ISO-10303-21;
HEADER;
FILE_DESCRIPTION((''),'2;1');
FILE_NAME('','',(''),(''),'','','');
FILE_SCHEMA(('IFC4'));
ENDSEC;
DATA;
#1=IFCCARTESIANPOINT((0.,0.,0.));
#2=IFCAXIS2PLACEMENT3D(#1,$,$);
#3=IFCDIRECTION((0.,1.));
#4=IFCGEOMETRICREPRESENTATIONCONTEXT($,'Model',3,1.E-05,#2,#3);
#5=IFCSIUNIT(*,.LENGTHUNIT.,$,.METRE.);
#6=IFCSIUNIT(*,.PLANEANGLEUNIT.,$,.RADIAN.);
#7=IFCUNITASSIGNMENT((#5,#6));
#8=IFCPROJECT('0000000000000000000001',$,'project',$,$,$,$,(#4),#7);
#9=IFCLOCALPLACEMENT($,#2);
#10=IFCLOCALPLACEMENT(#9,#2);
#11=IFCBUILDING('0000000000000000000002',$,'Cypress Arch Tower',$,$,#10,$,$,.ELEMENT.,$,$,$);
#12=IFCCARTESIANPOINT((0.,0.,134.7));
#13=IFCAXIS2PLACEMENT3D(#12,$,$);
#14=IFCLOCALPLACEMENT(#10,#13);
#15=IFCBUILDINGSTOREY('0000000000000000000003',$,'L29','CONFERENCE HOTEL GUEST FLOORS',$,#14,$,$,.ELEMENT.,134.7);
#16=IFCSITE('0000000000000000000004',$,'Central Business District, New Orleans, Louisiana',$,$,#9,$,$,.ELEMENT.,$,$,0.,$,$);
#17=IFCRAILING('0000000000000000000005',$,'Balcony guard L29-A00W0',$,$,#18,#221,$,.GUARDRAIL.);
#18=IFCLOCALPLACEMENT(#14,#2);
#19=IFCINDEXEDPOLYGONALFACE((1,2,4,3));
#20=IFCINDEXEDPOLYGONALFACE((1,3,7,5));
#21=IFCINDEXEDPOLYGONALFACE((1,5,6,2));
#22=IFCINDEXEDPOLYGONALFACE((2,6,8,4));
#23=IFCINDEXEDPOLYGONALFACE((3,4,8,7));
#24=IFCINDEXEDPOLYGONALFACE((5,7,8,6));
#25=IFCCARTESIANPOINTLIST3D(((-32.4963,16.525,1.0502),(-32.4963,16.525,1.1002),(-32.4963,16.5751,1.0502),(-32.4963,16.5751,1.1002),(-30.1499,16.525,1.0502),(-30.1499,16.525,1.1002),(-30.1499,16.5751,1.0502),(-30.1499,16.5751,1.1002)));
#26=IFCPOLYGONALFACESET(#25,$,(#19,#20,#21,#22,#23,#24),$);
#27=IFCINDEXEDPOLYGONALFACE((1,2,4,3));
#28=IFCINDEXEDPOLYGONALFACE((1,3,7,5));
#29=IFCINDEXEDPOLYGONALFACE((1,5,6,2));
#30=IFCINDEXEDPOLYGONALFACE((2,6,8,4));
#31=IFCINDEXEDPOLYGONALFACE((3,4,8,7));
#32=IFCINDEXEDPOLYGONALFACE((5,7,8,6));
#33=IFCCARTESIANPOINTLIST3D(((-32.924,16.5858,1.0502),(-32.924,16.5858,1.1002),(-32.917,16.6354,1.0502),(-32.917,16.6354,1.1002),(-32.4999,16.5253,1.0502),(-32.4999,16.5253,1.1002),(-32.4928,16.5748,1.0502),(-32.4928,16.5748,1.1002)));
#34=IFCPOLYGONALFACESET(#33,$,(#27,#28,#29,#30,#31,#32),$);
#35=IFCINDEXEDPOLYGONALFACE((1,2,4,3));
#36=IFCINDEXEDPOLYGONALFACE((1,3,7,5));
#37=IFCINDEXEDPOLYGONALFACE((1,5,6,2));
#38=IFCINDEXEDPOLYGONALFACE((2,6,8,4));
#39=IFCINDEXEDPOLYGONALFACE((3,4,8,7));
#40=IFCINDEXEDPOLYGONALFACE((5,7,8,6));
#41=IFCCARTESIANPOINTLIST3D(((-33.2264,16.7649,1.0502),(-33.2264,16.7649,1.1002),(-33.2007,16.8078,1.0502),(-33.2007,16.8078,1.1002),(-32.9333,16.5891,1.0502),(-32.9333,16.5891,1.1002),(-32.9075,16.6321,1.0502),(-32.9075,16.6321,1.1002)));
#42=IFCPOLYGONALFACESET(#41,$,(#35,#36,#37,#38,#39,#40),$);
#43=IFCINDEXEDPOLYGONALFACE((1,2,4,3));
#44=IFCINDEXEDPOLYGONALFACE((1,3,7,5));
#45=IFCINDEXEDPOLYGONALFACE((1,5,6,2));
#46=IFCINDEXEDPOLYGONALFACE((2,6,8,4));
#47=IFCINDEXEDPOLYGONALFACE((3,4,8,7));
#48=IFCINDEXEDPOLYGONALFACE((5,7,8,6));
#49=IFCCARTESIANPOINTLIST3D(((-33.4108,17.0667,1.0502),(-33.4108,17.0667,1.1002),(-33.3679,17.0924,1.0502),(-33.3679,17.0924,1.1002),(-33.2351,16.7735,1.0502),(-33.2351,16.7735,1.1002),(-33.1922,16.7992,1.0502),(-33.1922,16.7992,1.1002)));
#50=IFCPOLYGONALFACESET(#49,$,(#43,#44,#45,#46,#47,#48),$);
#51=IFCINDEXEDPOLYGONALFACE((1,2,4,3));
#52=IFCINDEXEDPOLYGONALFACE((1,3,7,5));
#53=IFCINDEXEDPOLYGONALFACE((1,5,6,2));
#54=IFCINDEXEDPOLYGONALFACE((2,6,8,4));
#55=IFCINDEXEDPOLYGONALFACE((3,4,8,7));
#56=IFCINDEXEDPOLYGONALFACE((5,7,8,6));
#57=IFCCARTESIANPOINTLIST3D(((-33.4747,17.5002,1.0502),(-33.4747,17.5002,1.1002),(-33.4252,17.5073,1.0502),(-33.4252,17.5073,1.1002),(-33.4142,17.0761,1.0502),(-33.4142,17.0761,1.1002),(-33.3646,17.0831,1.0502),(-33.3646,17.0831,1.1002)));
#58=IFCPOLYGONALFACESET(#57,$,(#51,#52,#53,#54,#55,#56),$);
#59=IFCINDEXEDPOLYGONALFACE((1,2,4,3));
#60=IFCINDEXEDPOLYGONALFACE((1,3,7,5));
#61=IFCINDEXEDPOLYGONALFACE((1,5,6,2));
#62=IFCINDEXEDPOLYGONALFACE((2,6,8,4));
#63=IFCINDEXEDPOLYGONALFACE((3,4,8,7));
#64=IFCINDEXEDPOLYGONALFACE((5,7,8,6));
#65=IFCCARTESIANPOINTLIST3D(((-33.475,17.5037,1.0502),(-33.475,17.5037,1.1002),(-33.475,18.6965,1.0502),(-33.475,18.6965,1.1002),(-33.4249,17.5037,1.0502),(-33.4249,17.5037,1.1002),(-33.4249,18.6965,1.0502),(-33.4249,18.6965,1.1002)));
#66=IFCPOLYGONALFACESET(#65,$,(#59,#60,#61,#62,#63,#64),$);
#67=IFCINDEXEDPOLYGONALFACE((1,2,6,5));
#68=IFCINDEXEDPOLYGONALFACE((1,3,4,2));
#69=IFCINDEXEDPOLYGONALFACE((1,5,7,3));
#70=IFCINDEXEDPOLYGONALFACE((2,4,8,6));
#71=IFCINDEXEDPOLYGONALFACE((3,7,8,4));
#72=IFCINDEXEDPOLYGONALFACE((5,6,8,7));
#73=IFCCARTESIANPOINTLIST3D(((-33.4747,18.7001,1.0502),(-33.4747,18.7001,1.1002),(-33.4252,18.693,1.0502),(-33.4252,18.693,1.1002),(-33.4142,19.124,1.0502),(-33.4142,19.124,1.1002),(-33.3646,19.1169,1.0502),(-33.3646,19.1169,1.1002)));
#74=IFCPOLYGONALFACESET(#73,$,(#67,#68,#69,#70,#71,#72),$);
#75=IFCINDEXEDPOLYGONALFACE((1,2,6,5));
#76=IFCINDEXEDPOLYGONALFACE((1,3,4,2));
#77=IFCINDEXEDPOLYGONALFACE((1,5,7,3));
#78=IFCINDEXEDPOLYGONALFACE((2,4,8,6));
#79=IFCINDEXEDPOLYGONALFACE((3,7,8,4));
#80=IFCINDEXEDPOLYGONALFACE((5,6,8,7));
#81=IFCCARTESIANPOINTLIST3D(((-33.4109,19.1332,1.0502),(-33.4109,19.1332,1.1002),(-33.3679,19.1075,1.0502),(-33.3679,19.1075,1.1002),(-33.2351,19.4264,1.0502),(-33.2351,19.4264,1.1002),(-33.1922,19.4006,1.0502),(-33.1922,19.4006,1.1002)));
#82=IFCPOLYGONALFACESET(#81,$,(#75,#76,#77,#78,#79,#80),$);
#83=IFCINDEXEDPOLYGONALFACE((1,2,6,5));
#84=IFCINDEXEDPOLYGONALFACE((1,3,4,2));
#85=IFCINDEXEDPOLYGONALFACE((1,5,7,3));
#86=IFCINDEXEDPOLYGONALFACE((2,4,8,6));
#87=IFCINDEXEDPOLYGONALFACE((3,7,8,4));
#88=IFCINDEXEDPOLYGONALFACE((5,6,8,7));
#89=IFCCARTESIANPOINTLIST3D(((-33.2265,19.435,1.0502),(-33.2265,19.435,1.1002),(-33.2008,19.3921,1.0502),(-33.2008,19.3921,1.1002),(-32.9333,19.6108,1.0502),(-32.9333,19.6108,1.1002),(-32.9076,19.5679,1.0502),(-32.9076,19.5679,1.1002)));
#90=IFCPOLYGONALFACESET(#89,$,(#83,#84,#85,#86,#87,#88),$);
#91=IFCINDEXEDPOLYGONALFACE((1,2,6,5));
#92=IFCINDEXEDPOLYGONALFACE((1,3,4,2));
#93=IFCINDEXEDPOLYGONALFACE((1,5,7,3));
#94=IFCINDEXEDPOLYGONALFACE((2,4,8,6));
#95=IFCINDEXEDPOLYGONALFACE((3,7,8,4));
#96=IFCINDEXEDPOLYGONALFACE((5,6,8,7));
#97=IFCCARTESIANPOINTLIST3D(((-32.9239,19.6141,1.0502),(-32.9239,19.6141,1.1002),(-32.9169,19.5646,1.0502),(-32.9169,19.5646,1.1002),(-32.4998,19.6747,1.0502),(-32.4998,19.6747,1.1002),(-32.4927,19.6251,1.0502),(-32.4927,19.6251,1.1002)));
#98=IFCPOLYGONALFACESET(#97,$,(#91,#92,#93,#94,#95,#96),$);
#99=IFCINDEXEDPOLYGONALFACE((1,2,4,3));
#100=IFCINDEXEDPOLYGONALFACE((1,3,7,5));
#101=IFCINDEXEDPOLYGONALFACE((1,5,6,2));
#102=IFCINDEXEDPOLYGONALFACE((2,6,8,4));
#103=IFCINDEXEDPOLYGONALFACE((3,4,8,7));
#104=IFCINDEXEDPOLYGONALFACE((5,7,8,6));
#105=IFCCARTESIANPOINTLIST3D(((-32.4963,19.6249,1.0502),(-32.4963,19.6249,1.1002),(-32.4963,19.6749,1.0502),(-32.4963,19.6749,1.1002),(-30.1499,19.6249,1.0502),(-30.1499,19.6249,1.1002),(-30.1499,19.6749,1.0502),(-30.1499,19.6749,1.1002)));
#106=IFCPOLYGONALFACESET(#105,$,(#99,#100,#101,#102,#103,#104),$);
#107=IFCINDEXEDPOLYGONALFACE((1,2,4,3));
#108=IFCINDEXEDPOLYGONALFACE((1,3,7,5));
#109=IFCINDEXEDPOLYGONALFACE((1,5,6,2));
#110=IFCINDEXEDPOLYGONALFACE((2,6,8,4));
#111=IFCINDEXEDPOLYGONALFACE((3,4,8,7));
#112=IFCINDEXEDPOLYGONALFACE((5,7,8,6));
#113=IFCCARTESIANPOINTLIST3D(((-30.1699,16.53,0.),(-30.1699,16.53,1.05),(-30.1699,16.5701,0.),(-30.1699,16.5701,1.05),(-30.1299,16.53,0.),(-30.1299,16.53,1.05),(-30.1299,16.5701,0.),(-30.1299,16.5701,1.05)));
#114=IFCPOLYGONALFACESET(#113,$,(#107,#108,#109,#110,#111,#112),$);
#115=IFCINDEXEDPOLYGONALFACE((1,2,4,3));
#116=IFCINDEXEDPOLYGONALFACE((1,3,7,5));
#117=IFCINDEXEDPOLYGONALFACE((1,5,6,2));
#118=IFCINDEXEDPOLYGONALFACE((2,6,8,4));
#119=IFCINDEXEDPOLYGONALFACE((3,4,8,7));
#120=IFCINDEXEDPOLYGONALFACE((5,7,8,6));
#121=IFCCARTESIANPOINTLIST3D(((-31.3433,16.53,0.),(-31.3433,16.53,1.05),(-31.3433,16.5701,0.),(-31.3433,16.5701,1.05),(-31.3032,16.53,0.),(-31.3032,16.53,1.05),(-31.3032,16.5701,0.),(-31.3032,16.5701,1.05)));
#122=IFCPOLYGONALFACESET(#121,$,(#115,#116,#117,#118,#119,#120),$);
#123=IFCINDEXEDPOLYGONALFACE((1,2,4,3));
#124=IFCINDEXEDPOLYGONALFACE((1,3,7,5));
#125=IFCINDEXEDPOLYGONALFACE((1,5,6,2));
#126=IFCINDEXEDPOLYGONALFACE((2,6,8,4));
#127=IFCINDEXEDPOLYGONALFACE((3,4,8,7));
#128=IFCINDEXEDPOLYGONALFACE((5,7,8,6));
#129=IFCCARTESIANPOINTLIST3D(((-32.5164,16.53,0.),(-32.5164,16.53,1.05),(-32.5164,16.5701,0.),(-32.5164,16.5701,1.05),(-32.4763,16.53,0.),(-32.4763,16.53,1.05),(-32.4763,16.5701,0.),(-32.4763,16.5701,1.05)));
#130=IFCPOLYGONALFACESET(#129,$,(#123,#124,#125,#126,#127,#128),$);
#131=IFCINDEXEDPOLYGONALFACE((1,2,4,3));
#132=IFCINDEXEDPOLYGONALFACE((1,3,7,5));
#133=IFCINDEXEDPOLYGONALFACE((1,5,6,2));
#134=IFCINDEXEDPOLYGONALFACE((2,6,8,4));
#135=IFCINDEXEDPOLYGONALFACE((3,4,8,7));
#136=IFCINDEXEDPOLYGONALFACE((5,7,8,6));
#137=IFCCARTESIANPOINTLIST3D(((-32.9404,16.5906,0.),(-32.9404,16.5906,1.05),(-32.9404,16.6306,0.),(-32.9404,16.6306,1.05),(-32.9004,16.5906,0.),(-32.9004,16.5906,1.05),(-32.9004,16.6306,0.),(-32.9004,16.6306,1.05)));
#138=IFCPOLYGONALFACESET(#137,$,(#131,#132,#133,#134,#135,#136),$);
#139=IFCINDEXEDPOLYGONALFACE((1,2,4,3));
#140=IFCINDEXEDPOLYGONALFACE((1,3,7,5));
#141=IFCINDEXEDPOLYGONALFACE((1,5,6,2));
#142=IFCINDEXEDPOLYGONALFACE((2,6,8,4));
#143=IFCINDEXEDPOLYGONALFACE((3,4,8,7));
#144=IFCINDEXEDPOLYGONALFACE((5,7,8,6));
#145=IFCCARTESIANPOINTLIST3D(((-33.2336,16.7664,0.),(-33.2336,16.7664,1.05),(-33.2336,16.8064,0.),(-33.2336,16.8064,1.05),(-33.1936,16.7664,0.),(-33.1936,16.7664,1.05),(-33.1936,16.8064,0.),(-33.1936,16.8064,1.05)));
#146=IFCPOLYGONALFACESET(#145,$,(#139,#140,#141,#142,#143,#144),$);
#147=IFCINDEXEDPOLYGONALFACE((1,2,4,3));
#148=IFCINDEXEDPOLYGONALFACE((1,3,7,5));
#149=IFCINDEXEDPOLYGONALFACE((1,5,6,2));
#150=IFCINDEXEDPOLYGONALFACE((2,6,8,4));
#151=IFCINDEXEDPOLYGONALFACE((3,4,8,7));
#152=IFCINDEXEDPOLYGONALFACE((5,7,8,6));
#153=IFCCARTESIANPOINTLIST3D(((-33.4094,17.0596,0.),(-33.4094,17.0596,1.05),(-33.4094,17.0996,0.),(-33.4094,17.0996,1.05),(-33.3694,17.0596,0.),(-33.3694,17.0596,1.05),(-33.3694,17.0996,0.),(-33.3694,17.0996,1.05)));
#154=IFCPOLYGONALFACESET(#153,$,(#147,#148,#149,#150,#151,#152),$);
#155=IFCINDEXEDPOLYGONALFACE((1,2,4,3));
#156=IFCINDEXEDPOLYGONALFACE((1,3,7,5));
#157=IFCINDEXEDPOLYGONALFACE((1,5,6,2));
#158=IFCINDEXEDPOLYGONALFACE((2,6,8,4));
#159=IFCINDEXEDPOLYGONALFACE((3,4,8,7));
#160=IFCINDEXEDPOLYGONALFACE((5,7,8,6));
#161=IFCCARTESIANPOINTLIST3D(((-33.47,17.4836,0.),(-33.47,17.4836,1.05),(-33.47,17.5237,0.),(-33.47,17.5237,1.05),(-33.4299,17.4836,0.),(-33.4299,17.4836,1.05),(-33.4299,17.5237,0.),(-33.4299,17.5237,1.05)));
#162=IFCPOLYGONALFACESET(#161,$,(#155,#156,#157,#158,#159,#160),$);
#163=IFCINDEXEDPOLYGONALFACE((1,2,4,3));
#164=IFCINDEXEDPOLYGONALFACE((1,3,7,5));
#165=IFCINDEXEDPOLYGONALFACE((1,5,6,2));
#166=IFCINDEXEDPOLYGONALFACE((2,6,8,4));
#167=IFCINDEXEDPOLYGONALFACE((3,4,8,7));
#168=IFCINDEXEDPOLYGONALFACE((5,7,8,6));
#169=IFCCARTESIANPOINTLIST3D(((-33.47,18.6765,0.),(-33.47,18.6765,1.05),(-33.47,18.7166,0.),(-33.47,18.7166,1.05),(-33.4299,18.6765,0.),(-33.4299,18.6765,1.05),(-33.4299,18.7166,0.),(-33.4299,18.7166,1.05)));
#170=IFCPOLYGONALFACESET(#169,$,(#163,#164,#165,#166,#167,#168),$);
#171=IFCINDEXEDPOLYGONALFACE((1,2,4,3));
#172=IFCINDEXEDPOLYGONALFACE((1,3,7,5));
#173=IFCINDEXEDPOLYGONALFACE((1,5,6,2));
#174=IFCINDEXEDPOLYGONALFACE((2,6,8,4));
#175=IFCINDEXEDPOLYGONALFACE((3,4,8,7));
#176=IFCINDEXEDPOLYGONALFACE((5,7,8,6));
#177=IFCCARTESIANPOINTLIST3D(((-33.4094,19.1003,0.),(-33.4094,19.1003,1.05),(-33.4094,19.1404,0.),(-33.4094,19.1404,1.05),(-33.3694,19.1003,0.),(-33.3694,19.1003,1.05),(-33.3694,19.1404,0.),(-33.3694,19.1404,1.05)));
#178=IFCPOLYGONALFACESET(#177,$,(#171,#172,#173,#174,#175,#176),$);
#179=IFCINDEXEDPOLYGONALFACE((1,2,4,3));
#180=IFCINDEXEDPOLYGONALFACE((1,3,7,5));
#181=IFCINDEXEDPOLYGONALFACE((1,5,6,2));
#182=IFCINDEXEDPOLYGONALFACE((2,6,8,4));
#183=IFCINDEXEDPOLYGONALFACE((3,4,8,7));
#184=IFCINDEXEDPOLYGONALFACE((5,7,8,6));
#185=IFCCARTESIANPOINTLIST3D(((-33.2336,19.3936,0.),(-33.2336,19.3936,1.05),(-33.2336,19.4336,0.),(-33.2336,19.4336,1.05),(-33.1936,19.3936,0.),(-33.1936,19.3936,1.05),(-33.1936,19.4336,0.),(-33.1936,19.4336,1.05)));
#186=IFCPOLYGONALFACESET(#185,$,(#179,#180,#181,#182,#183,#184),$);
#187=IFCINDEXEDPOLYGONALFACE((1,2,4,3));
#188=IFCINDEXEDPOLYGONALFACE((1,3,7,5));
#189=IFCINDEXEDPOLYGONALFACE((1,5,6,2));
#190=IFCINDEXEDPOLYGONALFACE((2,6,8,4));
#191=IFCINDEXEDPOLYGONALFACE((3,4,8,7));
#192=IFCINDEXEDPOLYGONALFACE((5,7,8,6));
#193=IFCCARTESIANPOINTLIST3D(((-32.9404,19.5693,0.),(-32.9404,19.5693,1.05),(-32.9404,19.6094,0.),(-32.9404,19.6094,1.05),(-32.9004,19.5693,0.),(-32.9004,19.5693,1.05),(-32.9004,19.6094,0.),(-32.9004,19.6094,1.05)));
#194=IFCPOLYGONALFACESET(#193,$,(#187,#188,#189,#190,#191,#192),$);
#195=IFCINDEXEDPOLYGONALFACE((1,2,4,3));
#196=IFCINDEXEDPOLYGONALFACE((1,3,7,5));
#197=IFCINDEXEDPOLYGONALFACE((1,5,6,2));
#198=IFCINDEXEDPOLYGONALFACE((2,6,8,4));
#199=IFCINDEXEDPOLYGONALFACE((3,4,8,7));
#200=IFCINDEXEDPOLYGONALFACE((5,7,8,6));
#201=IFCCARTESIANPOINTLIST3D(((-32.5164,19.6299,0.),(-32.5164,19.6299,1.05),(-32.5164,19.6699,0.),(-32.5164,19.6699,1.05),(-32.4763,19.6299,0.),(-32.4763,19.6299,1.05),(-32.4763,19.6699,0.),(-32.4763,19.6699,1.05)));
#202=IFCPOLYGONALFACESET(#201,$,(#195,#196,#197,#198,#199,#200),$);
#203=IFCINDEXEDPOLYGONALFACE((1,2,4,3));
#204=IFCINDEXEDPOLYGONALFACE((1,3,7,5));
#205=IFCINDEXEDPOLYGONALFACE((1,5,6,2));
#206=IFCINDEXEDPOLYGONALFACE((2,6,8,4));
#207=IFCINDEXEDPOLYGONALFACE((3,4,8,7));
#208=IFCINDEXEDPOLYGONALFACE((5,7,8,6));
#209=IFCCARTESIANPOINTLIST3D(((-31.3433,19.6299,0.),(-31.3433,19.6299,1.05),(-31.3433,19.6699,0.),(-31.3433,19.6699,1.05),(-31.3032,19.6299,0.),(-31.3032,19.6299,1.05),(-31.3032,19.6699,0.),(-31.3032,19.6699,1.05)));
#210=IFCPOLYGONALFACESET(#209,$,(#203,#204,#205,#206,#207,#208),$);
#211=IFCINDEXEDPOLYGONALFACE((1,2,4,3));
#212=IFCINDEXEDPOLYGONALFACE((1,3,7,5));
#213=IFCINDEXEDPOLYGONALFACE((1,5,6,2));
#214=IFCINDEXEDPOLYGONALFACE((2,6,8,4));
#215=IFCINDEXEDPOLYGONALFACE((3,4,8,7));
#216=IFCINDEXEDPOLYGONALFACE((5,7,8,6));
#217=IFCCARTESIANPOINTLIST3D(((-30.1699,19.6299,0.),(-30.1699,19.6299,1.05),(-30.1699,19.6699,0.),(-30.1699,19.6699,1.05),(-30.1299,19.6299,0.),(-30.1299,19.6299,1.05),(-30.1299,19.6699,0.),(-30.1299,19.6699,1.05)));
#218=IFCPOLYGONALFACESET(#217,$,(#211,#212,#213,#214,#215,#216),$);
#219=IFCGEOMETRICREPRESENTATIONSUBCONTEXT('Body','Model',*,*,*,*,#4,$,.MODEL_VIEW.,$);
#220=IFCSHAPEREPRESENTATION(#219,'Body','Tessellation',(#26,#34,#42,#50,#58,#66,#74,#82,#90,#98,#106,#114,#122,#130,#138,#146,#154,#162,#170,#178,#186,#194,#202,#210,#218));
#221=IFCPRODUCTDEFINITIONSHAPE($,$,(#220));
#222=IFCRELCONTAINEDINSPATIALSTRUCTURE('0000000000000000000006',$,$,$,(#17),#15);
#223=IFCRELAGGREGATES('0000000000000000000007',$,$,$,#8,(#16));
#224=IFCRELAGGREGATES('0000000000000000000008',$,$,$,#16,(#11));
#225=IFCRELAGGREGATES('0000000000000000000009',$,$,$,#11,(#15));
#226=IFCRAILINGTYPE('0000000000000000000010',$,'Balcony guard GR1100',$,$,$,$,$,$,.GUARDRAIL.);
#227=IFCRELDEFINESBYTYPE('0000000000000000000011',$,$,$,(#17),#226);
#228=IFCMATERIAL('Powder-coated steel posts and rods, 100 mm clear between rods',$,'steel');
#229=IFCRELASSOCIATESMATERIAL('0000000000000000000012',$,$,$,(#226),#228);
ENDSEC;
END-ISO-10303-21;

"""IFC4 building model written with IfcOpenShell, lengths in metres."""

from ifc_helpers import new_model, si_unit, direction, frame, origin, origin_2d, place, context, subcontext, project, spatial, rectangle, extrude, material, type_object, element, save


model = new_model("IFC4")

# Units and contexts
model_context = context("Model", 3, precision=1e-05, world=origin(), true_north=direction((0.0, 1.0)))
body_context = subcontext(model_context, "Body", "Model", "MODEL_VIEW")
ifc_project = project(units=[si_unit("LENGTHUNIT", "METRE"), si_unit("PLANEANGLEUNIT", "RADIAN")], contexts=[model_context])

# Site, building, storey
site_placement = place(None, origin())
site = spatial("IfcSite", under=ifc_project, at=site_placement, Name="Central Business District, New Orleans, Louisiana", CompositionType="ELEMENT", RefElevation=0.0)
building_placement = place(site_placement, origin())
building = spatial("IfcBuilding", under=site, at=building_placement, Name="Cypress Arch Tower", CompositionType="ELEMENT")
storey_placement = place(building_placement, frame((0.0, 0.0, 134.7)))
storey = spatial("IfcBuildingStorey", under=building, at=storey_placement, Name="L29", Description="CONFERENCE HOTEL GUEST FLOORS", CompositionType="ELEMENT", Elevation=134.7)

# Railing
ifc_material_1 = material(Name="Powder-coated steel posts and rods, 100 mm clear between rods", Category="steel")
railing_type_1 = type_object("IfcRailingType", Name="Balcony guard GR1100", PredefinedType="GUARDRAIL", material=ifc_material_1)
railing_1_placement = place(storey_placement, frame((-30.1499, 16.55, 0.0)))
element("IfcRailing", 1, at=railing_1_placement, inside=storey, type_object=railing_type_1, Name="Balcony guard L29-A00W0", PredefinedType="GUARDRAIL", context=body_context, shape_type="SweptSolid", body=[
    extrude(rectangle(XDim=0.05, YDim=0.05, at=origin_2d()), frame((0.0, 0.0, 1.0752), z_axis=(-1.0, 0.0, 0.0), x_axis=(0.0, -1.0, 0.0)), (0.0, 0.0, 1.0), 2.3464),
    extrude(rectangle(XDim=0.05, YDim=0.05, at=origin_2d()), frame((-2.3464, 0.0, 1.0752), z_axis=(-0.989961, 0.141342, 0.0), x_axis=(-0.141342, -0.989961, 0.0)), (0.0, 0.0, 1.0), 0.4285),
    extrude(rectangle(XDim=0.05, YDim=0.05, at=origin_2d()), frame((-2.7705, 0.0605, 1.0752), z_axis=(-0.857682, 0.514181, 0.0), x_axis=(-0.514181, -0.857682, 0.0)), (0.0, 0.0, 1.0), 0.3418),
    extrude(rectangle(XDim=0.05, YDim=0.05, at=origin_2d()), frame((-3.0637, 0.2363, 1.0752), z_axis=(-0.514181, 0.857682, 0.0), x_axis=(-0.857682, -0.514181, 0.0)), (0.0, 0.0, 1.0), 0.3418),
    extrude(rectangle(XDim=0.05, YDim=0.05, at=origin_2d()), frame((-3.2395, 0.5295, 1.0752), z_axis=(-0.141342, 0.989961, 0.0), x_axis=(-0.989961, -0.141342, 0.0)), (0.0, 0.0, 1.0), 0.4285),
    extrude(rectangle(XDim=0.05, YDim=0.05, at=origin_2d()), frame((-3.3, 0.9536, 1.0752), z_axis=(0.0, 1.0, 0.0), x_axis=(-1.0, 0.0, 0.0)), (0.0, 0.0, 1.0), 1.1929),
    extrude(rectangle(XDim=0.05, YDim=0.05, at=origin_2d()), frame((-3.3, 2.1465, 1.0752), z_axis=(0.141421, 0.989949, 0.0), x_axis=(-0.989949, 0.141421, 0.0)), (0.0, 0.0, 1.0), 0.4282),
    extrude(rectangle(XDim=0.05, YDim=0.05, at=origin_2d()), frame((-3.2395, 2.5703, 1.0752), z_axis=(0.514181, 0.857682, 0.0), x_axis=(-0.857682, 0.514181, 0.0)), (0.0, 0.0, 1.0), 0.3418),
    extrude(rectangle(XDim=0.05, YDim=0.05, at=origin_2d()), frame((-3.0637, 2.8635, 1.0752), z_axis=(0.857682, 0.514181, 0.0), x_axis=(-0.514181, 0.857682, 0.0)), (0.0, 0.0, 1.0), 0.3418),
    extrude(rectangle(XDim=0.05, YDim=0.05, at=origin_2d()), frame((-2.7705, 3.0393, 1.0752), z_axis=(0.989961, 0.141342, 0.0), x_axis=(-0.141342, 0.989961, 0.0)), (0.0, 0.0, 1.0), 0.4285),
    extrude(rectangle(XDim=0.05, YDim=0.05, at=origin_2d()), frame((-2.3464, 3.0999, 1.0752), z_axis=(1.0, 0.0, 0.0), x_axis=(0.0, 1.0, 0.0)), (0.0, 0.0, 1.0), 2.3464),
    extrude(rectangle(XDim=0.04, YDim=0.04, at=origin_2d()), origin(), (0.0, 0.0, 1.0), 1.05),
    extrude(rectangle(XDim=0.04, YDim=0.04, at=origin_2d()), frame((-1.1733, 0.0, 0.0)), (0.0, 0.0, 1.0), 1.05),
    extrude(rectangle(XDim=0.04, YDim=0.04, at=origin_2d()), frame((-2.3464, 0.0, 0.0)), (0.0, 0.0, 1.0), 1.05),
    extrude(rectangle(XDim=0.04, YDim=0.04, at=origin_2d()), frame((-2.7705, 0.0605, 0.0)), (0.0, 0.0, 1.0), 1.05),
    extrude(rectangle(XDim=0.04, YDim=0.04, at=origin_2d()), frame((-3.0637, 0.2363, 0.0)), (0.0, 0.0, 1.0), 1.05),
    extrude(rectangle(XDim=0.04, YDim=0.04, at=origin_2d()), frame((-3.2395, 0.5295, 0.0)), (0.0, 0.0, 1.0), 1.05),
    extrude(rectangle(XDim=0.04, YDim=0.04, at=origin_2d()), frame((-3.3, 0.9536, 0.0)), (0.0, 0.0, 1.0), 1.05),
    extrude(rectangle(XDim=0.04, YDim=0.04, at=origin_2d()), frame((-3.3, 2.1465, 0.0)), (0.0, 0.0, 1.0), 1.05),
    extrude(rectangle(XDim=0.04, YDim=0.04, at=origin_2d()), frame((-3.2395, 2.5703, 0.0)), (0.0, 0.0, 1.0), 1.05),
    extrude(rectangle(XDim=0.04, YDim=0.04, at=origin_2d()), frame((-3.0637, 2.8635, 0.0)), (0.0, 0.0, 1.0), 1.05),
    extrude(rectangle(XDim=0.04, YDim=0.04, at=origin_2d()), frame((-2.7705, 3.0393, 0.0)), (0.0, 0.0, 1.0), 1.05),
    extrude(rectangle(XDim=0.04, YDim=0.04, at=origin_2d()), frame((-2.3464, 3.0999, 0.0)), (0.0, 0.0, 1.0), 1.05),
    extrude(rectangle(XDim=0.04, YDim=0.04, at=origin_2d()), frame((-1.1733, 3.0999, 0.0)), (0.0, 0.0, 1.0), 1.05),
    extrude(rectangle(XDim=0.04, YDim=0.04, at=origin_2d()), frame((0.0, 3.0999, 0.0)), (0.0, 0.0, 1.0), 1.05),
])

save(model, "model.ifc")
